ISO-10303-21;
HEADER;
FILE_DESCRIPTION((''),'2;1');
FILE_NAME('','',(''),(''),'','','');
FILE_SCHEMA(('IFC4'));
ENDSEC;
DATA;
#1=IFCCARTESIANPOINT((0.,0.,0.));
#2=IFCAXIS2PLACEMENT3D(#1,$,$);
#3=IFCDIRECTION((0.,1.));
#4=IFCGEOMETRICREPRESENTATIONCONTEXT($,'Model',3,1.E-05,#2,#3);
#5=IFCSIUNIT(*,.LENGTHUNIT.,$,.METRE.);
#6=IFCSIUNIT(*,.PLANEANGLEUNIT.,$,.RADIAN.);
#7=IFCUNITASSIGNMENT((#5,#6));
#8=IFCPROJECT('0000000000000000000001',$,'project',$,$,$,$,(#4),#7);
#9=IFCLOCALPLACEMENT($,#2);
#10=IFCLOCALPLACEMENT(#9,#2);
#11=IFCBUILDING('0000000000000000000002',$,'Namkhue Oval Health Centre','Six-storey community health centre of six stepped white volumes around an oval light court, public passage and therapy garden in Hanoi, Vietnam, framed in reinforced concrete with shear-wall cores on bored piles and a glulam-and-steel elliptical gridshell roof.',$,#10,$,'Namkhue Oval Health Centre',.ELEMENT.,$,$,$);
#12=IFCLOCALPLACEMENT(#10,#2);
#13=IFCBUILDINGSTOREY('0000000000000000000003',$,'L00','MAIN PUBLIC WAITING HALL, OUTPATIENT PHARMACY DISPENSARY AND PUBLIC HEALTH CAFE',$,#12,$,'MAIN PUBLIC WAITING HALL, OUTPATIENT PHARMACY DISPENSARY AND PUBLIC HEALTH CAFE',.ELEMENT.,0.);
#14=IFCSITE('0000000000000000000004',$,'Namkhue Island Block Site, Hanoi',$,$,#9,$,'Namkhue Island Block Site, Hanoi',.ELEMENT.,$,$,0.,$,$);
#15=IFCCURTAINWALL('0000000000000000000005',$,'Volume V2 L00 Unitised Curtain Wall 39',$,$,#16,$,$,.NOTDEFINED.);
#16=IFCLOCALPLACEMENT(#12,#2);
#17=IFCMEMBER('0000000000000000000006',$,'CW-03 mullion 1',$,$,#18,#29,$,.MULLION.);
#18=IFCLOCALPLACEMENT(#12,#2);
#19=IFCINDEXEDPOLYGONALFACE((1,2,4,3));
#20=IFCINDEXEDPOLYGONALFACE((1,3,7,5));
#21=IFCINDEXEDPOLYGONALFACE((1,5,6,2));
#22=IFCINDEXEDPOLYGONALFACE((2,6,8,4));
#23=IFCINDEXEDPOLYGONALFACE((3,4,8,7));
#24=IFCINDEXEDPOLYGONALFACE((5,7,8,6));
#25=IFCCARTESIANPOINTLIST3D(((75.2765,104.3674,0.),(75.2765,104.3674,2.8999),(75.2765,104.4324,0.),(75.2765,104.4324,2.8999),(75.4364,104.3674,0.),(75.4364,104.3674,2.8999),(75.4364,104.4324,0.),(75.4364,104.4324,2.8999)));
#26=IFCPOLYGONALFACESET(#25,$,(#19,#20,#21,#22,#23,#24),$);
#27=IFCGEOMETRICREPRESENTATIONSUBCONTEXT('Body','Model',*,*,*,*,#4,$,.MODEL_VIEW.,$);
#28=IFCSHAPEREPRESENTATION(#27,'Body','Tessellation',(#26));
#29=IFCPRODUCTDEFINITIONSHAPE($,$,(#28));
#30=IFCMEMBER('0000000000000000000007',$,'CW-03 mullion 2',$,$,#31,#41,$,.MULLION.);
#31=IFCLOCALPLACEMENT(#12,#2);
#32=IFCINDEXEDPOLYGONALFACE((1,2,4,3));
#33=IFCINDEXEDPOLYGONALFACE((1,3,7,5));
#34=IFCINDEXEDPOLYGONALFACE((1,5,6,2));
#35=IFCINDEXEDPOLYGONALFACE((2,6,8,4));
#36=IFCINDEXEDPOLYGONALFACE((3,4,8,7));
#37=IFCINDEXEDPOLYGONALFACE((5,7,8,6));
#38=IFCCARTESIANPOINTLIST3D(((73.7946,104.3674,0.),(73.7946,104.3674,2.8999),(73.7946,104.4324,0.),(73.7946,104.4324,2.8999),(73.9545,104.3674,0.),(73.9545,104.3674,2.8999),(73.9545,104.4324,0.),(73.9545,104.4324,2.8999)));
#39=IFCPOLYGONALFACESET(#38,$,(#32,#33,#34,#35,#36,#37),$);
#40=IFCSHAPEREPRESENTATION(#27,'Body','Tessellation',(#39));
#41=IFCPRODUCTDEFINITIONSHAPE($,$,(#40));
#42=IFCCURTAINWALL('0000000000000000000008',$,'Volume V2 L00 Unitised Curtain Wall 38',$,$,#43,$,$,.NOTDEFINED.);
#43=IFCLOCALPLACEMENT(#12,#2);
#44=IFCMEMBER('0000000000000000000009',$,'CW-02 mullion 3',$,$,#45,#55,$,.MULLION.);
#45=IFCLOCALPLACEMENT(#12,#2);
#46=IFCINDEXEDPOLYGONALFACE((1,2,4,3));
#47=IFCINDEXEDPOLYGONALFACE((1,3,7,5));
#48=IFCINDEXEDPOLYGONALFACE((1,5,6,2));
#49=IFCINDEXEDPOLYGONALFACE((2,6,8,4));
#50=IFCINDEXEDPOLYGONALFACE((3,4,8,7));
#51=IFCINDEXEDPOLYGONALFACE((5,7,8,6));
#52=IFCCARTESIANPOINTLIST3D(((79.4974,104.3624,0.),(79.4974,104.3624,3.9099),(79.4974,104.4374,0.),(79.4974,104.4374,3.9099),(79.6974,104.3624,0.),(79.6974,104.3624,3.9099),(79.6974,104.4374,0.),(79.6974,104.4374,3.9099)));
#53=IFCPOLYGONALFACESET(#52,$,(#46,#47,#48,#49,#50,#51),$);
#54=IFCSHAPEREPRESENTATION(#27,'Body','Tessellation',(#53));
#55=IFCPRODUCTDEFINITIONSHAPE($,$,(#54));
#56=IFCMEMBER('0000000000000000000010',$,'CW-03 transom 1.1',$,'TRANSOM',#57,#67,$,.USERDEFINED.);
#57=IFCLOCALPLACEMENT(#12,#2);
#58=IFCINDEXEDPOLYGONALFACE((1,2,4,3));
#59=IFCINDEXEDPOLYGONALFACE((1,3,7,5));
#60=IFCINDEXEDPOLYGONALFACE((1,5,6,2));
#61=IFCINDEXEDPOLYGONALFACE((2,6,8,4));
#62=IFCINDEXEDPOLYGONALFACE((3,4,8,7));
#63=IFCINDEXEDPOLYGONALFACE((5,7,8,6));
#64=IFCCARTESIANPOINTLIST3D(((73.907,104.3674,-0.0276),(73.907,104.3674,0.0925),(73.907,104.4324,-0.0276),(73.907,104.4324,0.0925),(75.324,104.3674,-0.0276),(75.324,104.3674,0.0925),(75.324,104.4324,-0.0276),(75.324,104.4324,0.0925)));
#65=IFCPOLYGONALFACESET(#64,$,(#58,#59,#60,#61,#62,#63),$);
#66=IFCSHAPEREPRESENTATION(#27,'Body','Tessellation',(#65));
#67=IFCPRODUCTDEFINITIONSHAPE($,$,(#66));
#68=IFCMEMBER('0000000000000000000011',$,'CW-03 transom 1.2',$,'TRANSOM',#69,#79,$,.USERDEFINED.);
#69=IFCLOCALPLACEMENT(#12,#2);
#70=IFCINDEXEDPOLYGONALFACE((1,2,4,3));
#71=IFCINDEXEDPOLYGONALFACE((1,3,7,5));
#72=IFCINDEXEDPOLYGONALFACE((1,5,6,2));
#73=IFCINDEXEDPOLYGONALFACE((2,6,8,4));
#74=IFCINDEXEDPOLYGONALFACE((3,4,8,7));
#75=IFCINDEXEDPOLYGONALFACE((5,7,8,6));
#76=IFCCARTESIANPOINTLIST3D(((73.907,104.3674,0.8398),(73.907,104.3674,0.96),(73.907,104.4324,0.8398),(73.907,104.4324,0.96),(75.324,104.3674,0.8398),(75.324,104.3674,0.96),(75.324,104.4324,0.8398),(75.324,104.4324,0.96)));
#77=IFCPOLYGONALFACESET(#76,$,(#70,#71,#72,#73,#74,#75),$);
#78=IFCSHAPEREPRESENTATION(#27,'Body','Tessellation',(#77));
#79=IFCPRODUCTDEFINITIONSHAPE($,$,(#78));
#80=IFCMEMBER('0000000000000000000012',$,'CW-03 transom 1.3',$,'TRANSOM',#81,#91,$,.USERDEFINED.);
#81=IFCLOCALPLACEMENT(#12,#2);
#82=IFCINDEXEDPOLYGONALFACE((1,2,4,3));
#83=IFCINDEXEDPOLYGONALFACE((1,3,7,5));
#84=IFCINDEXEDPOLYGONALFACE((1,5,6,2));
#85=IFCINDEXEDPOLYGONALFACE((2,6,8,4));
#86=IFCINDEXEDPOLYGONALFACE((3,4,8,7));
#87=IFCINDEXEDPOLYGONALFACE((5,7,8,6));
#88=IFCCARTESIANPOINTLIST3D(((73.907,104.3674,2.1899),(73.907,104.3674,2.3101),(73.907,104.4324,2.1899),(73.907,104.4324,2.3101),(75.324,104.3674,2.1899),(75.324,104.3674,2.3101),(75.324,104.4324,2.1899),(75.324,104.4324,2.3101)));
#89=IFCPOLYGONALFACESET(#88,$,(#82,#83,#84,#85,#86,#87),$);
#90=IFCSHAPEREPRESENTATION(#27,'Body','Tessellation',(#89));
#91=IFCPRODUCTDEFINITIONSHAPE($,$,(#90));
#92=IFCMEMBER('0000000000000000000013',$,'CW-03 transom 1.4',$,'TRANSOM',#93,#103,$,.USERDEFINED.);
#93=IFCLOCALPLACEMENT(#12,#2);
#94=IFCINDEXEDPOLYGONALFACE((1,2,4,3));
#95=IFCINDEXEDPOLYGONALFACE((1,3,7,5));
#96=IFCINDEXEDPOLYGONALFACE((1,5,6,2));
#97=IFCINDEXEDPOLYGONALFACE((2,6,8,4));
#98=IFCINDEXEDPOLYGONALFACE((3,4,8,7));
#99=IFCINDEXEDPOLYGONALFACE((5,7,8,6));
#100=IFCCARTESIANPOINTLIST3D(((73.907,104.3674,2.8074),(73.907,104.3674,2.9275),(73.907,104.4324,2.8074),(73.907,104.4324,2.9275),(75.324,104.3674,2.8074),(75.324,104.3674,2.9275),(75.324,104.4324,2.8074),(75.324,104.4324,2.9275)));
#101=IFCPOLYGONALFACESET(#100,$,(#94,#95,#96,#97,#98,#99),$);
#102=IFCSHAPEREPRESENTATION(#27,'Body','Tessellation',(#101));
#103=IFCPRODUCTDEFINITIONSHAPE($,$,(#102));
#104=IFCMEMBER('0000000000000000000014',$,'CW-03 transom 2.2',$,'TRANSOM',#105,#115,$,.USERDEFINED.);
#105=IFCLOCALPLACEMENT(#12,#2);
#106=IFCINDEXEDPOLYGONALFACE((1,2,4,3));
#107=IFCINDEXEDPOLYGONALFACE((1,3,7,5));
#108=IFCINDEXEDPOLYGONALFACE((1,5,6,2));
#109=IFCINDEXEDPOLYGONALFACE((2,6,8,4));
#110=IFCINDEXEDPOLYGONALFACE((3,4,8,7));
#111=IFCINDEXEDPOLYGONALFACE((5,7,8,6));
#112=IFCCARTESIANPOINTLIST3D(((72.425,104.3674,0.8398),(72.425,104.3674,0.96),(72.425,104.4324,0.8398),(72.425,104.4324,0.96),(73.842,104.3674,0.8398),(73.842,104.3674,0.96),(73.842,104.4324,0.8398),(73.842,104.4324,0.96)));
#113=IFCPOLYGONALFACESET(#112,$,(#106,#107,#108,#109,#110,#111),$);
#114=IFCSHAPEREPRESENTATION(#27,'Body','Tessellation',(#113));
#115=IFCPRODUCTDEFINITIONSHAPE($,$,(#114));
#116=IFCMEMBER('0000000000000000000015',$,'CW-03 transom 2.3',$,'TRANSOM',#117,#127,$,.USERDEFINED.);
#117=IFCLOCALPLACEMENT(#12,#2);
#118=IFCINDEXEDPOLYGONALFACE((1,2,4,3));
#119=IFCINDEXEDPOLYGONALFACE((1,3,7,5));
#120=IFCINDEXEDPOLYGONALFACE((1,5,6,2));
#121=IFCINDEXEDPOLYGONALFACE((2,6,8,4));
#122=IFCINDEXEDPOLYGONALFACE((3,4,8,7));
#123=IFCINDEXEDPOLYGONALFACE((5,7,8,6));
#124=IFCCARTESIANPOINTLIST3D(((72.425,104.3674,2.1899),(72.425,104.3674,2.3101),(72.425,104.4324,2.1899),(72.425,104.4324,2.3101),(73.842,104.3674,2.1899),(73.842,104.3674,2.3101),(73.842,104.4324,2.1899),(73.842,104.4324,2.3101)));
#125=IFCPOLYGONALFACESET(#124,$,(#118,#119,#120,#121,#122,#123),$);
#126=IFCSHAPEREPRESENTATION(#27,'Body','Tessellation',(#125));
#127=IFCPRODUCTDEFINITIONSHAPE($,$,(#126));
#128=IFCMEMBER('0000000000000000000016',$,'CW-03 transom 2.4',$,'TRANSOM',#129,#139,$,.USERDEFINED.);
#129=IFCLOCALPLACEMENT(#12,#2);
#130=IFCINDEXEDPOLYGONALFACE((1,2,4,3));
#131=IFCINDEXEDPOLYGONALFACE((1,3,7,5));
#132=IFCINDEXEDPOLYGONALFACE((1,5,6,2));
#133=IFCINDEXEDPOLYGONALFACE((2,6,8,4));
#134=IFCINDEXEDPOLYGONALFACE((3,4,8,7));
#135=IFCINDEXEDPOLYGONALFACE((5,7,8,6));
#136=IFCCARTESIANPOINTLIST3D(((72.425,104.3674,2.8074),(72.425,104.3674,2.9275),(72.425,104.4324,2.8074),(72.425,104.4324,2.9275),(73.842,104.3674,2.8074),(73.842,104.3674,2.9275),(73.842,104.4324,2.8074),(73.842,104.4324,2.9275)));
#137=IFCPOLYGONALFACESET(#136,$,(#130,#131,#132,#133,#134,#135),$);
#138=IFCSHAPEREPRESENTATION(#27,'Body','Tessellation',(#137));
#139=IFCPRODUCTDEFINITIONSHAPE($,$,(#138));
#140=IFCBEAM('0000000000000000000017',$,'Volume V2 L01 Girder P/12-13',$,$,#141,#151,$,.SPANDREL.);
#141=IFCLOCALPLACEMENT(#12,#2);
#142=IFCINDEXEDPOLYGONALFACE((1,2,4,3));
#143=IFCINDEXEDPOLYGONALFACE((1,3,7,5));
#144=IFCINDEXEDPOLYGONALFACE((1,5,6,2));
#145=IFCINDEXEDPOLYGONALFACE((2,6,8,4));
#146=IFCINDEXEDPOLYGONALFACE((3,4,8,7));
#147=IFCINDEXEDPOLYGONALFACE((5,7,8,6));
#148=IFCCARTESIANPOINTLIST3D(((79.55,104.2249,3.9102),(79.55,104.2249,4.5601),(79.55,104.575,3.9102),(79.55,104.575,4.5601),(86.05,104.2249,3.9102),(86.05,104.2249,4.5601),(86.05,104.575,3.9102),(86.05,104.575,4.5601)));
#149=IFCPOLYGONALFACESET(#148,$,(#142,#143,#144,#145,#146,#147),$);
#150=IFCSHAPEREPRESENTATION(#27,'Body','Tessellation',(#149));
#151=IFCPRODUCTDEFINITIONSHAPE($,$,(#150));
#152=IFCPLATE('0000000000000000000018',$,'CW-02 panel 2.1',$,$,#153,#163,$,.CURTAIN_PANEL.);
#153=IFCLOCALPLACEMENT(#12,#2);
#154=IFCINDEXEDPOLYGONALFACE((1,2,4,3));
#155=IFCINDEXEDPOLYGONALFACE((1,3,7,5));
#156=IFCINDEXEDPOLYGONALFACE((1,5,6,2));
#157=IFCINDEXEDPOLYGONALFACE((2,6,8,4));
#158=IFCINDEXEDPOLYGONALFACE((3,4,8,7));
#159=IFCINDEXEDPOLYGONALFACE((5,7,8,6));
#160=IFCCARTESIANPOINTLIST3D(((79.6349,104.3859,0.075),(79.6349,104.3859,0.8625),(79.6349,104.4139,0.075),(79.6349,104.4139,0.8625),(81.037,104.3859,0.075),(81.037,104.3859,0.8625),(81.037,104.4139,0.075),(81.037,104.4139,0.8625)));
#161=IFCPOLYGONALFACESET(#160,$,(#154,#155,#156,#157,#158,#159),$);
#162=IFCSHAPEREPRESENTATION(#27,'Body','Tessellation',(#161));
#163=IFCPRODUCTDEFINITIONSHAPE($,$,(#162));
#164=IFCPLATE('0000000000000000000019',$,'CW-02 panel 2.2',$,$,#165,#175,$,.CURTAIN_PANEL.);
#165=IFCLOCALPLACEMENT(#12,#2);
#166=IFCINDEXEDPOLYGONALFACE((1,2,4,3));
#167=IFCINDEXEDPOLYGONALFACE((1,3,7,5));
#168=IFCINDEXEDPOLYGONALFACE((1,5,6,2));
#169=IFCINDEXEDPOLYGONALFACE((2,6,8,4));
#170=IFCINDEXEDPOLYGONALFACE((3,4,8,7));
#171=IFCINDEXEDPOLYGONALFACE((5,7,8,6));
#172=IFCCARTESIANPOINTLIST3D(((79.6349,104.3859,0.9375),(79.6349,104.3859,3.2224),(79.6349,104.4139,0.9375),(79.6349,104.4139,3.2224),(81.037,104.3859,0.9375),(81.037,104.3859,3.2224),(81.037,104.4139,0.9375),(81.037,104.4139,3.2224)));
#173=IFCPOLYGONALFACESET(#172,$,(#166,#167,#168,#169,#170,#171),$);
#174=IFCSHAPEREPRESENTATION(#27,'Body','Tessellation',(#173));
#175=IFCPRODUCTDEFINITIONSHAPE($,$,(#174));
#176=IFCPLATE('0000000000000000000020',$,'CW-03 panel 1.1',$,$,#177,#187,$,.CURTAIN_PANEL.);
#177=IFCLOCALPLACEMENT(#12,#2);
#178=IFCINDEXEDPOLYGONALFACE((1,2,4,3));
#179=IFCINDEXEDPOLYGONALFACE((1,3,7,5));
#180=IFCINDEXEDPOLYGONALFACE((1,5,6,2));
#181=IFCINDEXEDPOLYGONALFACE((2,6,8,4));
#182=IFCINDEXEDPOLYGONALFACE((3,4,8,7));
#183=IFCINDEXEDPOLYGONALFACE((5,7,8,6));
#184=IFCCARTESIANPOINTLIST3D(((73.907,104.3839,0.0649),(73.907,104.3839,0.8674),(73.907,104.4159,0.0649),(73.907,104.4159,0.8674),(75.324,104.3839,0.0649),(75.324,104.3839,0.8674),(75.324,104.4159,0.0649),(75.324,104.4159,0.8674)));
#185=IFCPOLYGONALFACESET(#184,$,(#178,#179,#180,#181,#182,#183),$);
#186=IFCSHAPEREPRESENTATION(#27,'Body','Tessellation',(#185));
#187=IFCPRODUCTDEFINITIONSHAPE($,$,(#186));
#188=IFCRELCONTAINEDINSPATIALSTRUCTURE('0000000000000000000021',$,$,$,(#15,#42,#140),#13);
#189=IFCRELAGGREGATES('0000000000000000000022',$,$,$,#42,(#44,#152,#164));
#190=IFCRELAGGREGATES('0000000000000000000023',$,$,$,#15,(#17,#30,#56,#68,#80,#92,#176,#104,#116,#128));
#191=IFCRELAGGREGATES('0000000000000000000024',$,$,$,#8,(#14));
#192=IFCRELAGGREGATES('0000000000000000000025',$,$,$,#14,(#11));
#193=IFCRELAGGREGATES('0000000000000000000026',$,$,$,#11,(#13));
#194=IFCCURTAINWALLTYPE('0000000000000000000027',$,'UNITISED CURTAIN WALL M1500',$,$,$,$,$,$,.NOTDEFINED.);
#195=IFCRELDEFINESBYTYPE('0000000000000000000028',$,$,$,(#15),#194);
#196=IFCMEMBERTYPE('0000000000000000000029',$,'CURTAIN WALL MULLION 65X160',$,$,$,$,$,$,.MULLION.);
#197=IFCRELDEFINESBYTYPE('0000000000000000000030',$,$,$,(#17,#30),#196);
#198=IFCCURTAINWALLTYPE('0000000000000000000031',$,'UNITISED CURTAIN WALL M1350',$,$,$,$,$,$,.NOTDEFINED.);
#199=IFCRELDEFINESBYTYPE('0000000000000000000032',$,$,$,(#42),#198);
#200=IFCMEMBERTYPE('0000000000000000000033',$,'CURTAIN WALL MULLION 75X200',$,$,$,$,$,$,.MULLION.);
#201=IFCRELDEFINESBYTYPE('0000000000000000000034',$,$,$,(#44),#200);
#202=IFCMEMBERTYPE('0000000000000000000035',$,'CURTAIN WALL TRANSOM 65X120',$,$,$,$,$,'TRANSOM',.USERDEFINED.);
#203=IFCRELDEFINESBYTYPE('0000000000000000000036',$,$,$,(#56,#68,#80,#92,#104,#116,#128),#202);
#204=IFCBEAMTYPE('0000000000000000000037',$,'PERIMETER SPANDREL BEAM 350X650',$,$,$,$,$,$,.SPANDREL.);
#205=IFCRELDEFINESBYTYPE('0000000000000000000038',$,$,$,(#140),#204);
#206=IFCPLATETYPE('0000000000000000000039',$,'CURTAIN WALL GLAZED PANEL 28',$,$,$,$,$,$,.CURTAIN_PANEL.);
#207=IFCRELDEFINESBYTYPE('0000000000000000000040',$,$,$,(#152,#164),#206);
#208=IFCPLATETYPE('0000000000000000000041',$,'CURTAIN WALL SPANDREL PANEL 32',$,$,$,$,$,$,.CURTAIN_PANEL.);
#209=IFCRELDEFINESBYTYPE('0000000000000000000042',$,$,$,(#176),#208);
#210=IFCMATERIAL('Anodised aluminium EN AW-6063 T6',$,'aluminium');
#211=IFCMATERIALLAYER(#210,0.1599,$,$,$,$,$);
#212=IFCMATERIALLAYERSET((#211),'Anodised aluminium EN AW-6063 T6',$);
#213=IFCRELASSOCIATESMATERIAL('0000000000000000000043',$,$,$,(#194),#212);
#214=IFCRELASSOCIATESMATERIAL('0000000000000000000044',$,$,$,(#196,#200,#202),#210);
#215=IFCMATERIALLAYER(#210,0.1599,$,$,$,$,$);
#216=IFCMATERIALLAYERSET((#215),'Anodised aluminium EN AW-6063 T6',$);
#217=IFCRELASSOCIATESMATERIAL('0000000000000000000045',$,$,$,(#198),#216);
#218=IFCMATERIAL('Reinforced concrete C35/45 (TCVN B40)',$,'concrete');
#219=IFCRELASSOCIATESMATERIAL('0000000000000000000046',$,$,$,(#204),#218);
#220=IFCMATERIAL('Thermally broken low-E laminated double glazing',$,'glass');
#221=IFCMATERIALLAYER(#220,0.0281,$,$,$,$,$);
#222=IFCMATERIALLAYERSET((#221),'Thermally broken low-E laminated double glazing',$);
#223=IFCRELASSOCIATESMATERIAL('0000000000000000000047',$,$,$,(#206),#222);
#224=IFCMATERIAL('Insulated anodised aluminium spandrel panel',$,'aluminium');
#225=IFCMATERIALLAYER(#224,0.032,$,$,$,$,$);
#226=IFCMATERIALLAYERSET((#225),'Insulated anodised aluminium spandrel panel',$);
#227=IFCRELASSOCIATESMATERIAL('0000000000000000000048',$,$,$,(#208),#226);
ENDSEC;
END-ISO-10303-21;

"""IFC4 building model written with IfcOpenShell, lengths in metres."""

from ifc_helpers import new_model, si_unit, direction, frame, origin, origin_2d, place, context, subcontext, project, spatial, rectangle, extrude, material, layer, layer_set, material_profile, profile_set, type_object, element, aggregate, save


model = new_model("IFC4")

# Units and contexts
model_context = context("Model", 3, precision=1e-05, world=origin(), true_north=direction((0.0, 1.0)))
body_context = subcontext(model_context, "Body", "Model", "MODEL_VIEW")
ifc_project = project(units=[si_unit("LENGTHUNIT", "METRE"), si_unit("PLANEANGLEUNIT", "RADIAN")], contexts=[model_context])

# Site, building, storey
site_placement = place(None, origin())
site = spatial("IfcSite", under=ifc_project, at=site_placement, Name="Namkhue Island Block Site, Hanoi", LongName="Namkhue Island Block Site, Hanoi", CompositionType="ELEMENT", RefElevation=0.0)
building_placement = place(site_placement, origin())
building = spatial("IfcBuilding", under=site, at=building_placement, Name="Namkhue Oval Health Centre", Description="Six-storey community health centre of six stepped white volumes around an oval light court, public passage and therapy garden in Hanoi, Vietnam, framed in reinforced concrete with shear-wall cores on bored piles and a glulam-and-steel elliptical gridshell roof.", LongName="Namkhue Oval Health Centre", CompositionType="ELEMENT")
storey_placement = place(building_placement, origin())
storey = spatial("IfcBuildingStorey", under=building, at=storey_placement, Name="L00", Description="MAIN PUBLIC WAITING HALL, OUTPATIENT PHARMACY DISPENSARY AND PUBLIC HEALTH CAFE", LongName="MAIN PUBLIC WAITING HALL, OUTPATIENT PHARMACY DISPENSARY AND PUBLIC HEALTH CAFE", CompositionType="ELEMENT", Elevation=0.0)

# Shared definitions
ifc_material_1 = material(Name="Reinforced concrete C35/45 (TCVN B40)", Category="concrete")

# Curtain wall, members
ifc_material_2 = material(Name="Anodised aluminium EN AW-6063 T6", Category="aluminium")
ifc_layer_1 = layer(ifc_material_2, 0.1599)
ifc_layer_set_1 = layer_set([ifc_layer_1], Name="Anodised aluminium EN AW-6063 T6")
curtain_wall_type_1 = type_object("IfcCurtainWallType", Name="UNITISED CURTAIN WALL M1500", PredefinedType="NOTDEFINED", material=ifc_layer_set_1)
curtain_wall_1_placement = place(storey_placement, origin())
curtain_wall_1 = element("IfcCurtainWall", 1, at=curtain_wall_1_placement, inside=storey, type_object=curtain_wall_type_1, Name="Volume V2 L00 Unitised Curtain Wall 39", PredefinedType="NOTDEFINED")
ifc_material_profile_1 = material_profile(ifc_material_2, rectangle(XDim=0.0649, YDim=0.1599, at=origin_2d()), Name="ALU 65x160")
ifc_profile_set_1 = profile_set([ifc_material_profile_1], Name="Anodised aluminium EN AW-6063 T6")
member_type_1 = type_object("IfcMemberType", Name="CURTAIN WALL MULLION 65X160", PredefinedType="MULLION", material=ifc_profile_set_1)
member_1_placement = place(storey_placement, frame((75.3564, 104.3999, 0.0), z_axis=(0.0, 0.0, 1.0), x_axis=(0.0, -1.0, 0.0)))
member_1 = element("IfcMember", 2, at=member_1_placement, type_object=member_type_1, Name="CW-03 mullion 1", PredefinedType="MULLION", context=body_context, shape_type="SweptSolid", body=[
    extrude(rectangle(XDim=0.0649, YDim=0.1599, at=origin_2d()), origin(), (0.0, 0.0, 1.0), 2.8999),
])
member_2_placement = place(storey_placement, frame((73.8745, 104.3999, 0.0), z_axis=(0.0, 0.0, 1.0), x_axis=(0.0, -1.0, 0.0)))
member_2 = element("IfcMember", 3, at=member_2_placement, type_object=member_type_1, Name="CW-03 mullion 2", PredefinedType="MULLION", context=body_context, shape_type="SweptSolid", body=[
    extrude(rectangle(XDim=0.0649, YDim=0.1599, at=origin_2d()), origin(), (0.0, 0.0, 1.0), 2.8999),
])

# Curtain wall, member
ifc_layer_2 = layer(ifc_material_2, 0.1599)
ifc_layer_set_2 = layer_set([ifc_layer_2], Name="Anodised aluminium EN AW-6063 T6")
curtain_wall_type_2 = type_object("IfcCurtainWallType", Name="UNITISED CURTAIN WALL M1350", PredefinedType="NOTDEFINED", material=ifc_layer_set_2)
curtain_wall_2_placement = place(storey_placement, origin())
curtain_wall_2 = element("IfcCurtainWall", 4, at=curtain_wall_2_placement, inside=storey, type_object=curtain_wall_type_2, Name="Volume V2 L00 Unitised Curtain Wall 38", PredefinedType="NOTDEFINED")
ifc_material_profile_2 = material_profile(ifc_material_2, rectangle(XDim=0.075, YDim=0.2, at=origin_2d()), Name="ALU 75x200")
ifc_profile_set_2 = profile_set([ifc_material_profile_2], Name="Anodised aluminium EN AW-6063 T6")
member_type_2 = type_object("IfcMemberType", Name="CURTAIN WALL MULLION 75X200", PredefinedType="MULLION", material=ifc_profile_set_2)
member_3_placement = place(storey_placement, frame((79.5974, 104.3999, 0.0), z_axis=(0.0, 0.0, 1.0), x_axis=(0.0, -1.0, 0.0)))
member_3 = element("IfcMember", 5, at=member_3_placement, type_object=member_type_2, Name="CW-02 mullion 3", PredefinedType="MULLION", context=body_context, shape_type="SweptSolid", body=[
    extrude(rectangle(XDim=0.075, YDim=0.2, at=origin_2d()), origin(), (0.0, 0.0, 1.0), 3.9099),
])

# Members
ifc_material_profile_3 = material_profile(ifc_material_2, rectangle(XDim=0.0649, YDim=0.1201, at=origin_2d()), Name="ALU 65x120")
ifc_profile_set_3 = profile_set([ifc_material_profile_3], Name="Anodised aluminium EN AW-6063 T6")
member_type_3 = type_object("IfcMemberType", Name="CURTAIN WALL TRANSOM 65X120", ElementType="TRANSOM", PredefinedType="USERDEFINED", material=ifc_profile_set_3)
member_4_placement = place(storey_placement, frame((75.324, 104.3999, 0.0325), z_axis=(-1.0, 0.0, 0.0), x_axis=(0.0, -1.0, 0.0)))
member_4 = element("IfcMember", 6, at=member_4_placement, type_object=member_type_3, Name="CW-03 transom 1.1", ObjectType="TRANSOM", PredefinedType="USERDEFINED", context=body_context, shape_type="SweptSolid", body=[
    extrude(rectangle(XDim=0.0649, YDim=0.1201, at=origin_2d()), origin(), (0.0, 0.0, 1.0), 1.417),
])
member_5_placement = place(storey_placement, frame((75.324, 104.3999, 0.8999), z_axis=(-1.0, 0.0, 0.0), x_axis=(0.0, -1.0, 0.0)))
member_5 = element("IfcMember", 7, at=member_5_placement, type_object=member_type_3, Name="CW-03 transom 1.2", ObjectType="TRANSOM", PredefinedType="USERDEFINED", context=body_context, shape_type="SweptSolid", body=[
    extrude(rectangle(XDim=0.0649, YDim=0.1201, at=origin_2d()), origin(), (0.0, 0.0, 1.0), 1.417),
])
member_6_placement = place(storey_placement, frame((75.324, 104.3999, 2.25), z_axis=(-1.0, 0.0, 0.0), x_axis=(0.0, -1.0, 0.0)))
member_6 = element("IfcMember", 8, at=member_6_placement, type_object=member_type_3, Name="CW-03 transom 1.3", ObjectType="TRANSOM", PredefinedType="USERDEFINED", context=body_context, shape_type="SweptSolid", body=[
    extrude(rectangle(XDim=0.0649, YDim=0.1201, at=origin_2d()), origin(), (0.0, 0.0, 1.0), 1.417),
])
member_7_placement = place(storey_placement, frame((75.324, 104.3999, 2.8674), z_axis=(-1.0, 0.0, 0.0), x_axis=(0.0, -1.0, 0.0)))
member_7 = element("IfcMember", 9, at=member_7_placement, type_object=member_type_3, Name="CW-03 transom 1.4", ObjectType="TRANSOM", PredefinedType="USERDEFINED", context=body_context, shape_type="SweptSolid", body=[
    extrude(rectangle(XDim=0.0649, YDim=0.1201, at=origin_2d()), origin(), (0.0, 0.0, 1.0), 1.417),
])
member_8_placement = place(storey_placement, frame((73.842, 104.3999, 0.8999), z_axis=(-1.0, 0.0, 0.0), x_axis=(0.0, -1.0, 0.0)))
member_8 = element("IfcMember", 10, at=member_8_placement, type_object=member_type_3, Name="CW-03 transom 2.2", ObjectType="TRANSOM", PredefinedType="USERDEFINED", context=body_context, shape_type="SweptSolid", body=[
    extrude(rectangle(XDim=0.0649, YDim=0.1201, at=origin_2d()), origin(), (0.0, 0.0, 1.0), 1.417),
])
member_9_placement = place(storey_placement, frame((73.842, 104.3999, 2.25), z_axis=(-1.0, 0.0, 0.0), x_axis=(0.0, -1.0, 0.0)))
member_9 = element("IfcMember", 11, at=member_9_placement, type_object=member_type_3, Name="CW-03 transom 2.3", ObjectType="TRANSOM", PredefinedType="USERDEFINED", context=body_context, shape_type="SweptSolid", body=[
    extrude(rectangle(XDim=0.0649, YDim=0.1201, at=origin_2d()), origin(), (0.0, 0.0, 1.0), 1.417),
])
member_10_placement = place(storey_placement, frame((73.842, 104.3999, 2.8674), z_axis=(-1.0, 0.0, 0.0), x_axis=(0.0, -1.0, 0.0)))
member_10 = element("IfcMember", 12, at=member_10_placement, type_object=member_type_3, Name="CW-03 transom 2.4", ObjectType="TRANSOM", PredefinedType="USERDEFINED", context=body_context, shape_type="SweptSolid", body=[
    extrude(rectangle(XDim=0.0649, YDim=0.1201, at=origin_2d()), origin(), (0.0, 0.0, 1.0), 1.417),
])

# Beam
ifc_material_profile_4 = material_profile(ifc_material_1, rectangle(XDim=0.3501, YDim=0.6499, at=origin_2d()), Name="RC 350x650")
ifc_profile_set_4 = profile_set([ifc_material_profile_4], Name="Reinforced concrete C35/45 (TCVN B40)")
beam_type = type_object("IfcBeamType", Name="PERIMETER SPANDREL BEAM 350X650", PredefinedType="SPANDREL", material=ifc_profile_set_4)
beam_placement = place(storey_placement, frame((79.55, 104.3999, 4.2351), z_axis=(1.0, 0.0, 0.0), x_axis=(0.0, 1.0, 0.0)))
element("IfcBeam", 13, at=beam_placement, inside=storey, type_object=beam_type, Name="Volume V2 L01 Girder P/12-13", PredefinedType="SPANDREL", context=body_context, shape_type="SweptSolid", body=[
    extrude(rectangle(XDim=0.3501, YDim=0.6499, at=origin_2d()), origin(), (0.0, 0.0, 1.0), 6.5),
])

# Plates
ifc_material_3 = material(Name="Thermally broken low-E laminated double glazing", Category="glass")
ifc_layer_3 = layer(ifc_material_3, 0.0281)
ifc_layer_set_3 = layer_set([ifc_layer_3], Name="Thermally broken low-E laminated double glazing")
plate_type_1 = type_object("IfcPlateType", Name="CURTAIN WALL GLAZED PANEL 28", PredefinedType="CURTAIN_PANEL", material=ifc_layer_set_3)
plate_1_placement = place(storey_placement, frame((80.3359, 104.3999, 0.075), z_axis=(0.0, 0.0, 1.0), x_axis=(-1.0, 0.0, 0.0)))
plate_1 = element("IfcPlate", 14, at=plate_1_placement, type_object=plate_type_1, Name="CW-02 panel 2.1", PredefinedType="CURTAIN_PANEL", context=body_context, shape_type="SweptSolid", body=[
    extrude(rectangle(XDim=1.4021, YDim=0.0281, at=origin_2d()), origin(), (0.0, 0.0, 1.0), 0.7876),
])
plate_2_placement = place(storey_placement, frame((80.3359, 104.3999, 0.9375), z_axis=(0.0, 0.0, 1.0), x_axis=(-1.0, 0.0, 0.0)))
plate_2 = element("IfcPlate", 15, at=plate_2_placement, type_object=plate_type_1, Name="CW-02 panel 2.2", PredefinedType="CURTAIN_PANEL", context=body_context, shape_type="SweptSolid", body=[
    extrude(rectangle(XDim=1.4021, YDim=0.0281, at=origin_2d()), origin(), (0.0, 0.0, 1.0), 2.2849),
])
aggregate(curtain_wall_2, [member_3, plate_1, plate_2])
ifc_material_4 = material(Name="Insulated anodised aluminium spandrel panel", Category="aluminium")
ifc_layer_4 = layer(ifc_material_4, 0.032)
ifc_layer_set_4 = layer_set([ifc_layer_4], Name="Insulated anodised aluminium spandrel panel")
plate_type_2 = type_object("IfcPlateType", Name="CURTAIN WALL SPANDREL PANEL 32", PredefinedType="CURTAIN_PANEL", material=ifc_layer_set_4)
plate_3_placement = place(storey_placement, frame((74.6155, 104.3999, 0.0649), z_axis=(0.0, 0.0, 1.0), x_axis=(-1.0, 0.0, 0.0)))
plate_3 = element("IfcPlate", 16, at=plate_3_placement, type_object=plate_type_2, Name="CW-03 panel 1.1", PredefinedType="CURTAIN_PANEL", context=body_context, shape_type="SweptSolid", body=[
    extrude(rectangle(XDim=1.417, YDim=0.032, at=origin_2d()), origin(), (0.0, 0.0, 1.0), 0.8025),
])
aggregate(curtain_wall_1, [member_1, member_2, member_4, member_5, member_6, member_7, plate_3, member_8, member_9, member_10])

save(model, "model.ifc")
